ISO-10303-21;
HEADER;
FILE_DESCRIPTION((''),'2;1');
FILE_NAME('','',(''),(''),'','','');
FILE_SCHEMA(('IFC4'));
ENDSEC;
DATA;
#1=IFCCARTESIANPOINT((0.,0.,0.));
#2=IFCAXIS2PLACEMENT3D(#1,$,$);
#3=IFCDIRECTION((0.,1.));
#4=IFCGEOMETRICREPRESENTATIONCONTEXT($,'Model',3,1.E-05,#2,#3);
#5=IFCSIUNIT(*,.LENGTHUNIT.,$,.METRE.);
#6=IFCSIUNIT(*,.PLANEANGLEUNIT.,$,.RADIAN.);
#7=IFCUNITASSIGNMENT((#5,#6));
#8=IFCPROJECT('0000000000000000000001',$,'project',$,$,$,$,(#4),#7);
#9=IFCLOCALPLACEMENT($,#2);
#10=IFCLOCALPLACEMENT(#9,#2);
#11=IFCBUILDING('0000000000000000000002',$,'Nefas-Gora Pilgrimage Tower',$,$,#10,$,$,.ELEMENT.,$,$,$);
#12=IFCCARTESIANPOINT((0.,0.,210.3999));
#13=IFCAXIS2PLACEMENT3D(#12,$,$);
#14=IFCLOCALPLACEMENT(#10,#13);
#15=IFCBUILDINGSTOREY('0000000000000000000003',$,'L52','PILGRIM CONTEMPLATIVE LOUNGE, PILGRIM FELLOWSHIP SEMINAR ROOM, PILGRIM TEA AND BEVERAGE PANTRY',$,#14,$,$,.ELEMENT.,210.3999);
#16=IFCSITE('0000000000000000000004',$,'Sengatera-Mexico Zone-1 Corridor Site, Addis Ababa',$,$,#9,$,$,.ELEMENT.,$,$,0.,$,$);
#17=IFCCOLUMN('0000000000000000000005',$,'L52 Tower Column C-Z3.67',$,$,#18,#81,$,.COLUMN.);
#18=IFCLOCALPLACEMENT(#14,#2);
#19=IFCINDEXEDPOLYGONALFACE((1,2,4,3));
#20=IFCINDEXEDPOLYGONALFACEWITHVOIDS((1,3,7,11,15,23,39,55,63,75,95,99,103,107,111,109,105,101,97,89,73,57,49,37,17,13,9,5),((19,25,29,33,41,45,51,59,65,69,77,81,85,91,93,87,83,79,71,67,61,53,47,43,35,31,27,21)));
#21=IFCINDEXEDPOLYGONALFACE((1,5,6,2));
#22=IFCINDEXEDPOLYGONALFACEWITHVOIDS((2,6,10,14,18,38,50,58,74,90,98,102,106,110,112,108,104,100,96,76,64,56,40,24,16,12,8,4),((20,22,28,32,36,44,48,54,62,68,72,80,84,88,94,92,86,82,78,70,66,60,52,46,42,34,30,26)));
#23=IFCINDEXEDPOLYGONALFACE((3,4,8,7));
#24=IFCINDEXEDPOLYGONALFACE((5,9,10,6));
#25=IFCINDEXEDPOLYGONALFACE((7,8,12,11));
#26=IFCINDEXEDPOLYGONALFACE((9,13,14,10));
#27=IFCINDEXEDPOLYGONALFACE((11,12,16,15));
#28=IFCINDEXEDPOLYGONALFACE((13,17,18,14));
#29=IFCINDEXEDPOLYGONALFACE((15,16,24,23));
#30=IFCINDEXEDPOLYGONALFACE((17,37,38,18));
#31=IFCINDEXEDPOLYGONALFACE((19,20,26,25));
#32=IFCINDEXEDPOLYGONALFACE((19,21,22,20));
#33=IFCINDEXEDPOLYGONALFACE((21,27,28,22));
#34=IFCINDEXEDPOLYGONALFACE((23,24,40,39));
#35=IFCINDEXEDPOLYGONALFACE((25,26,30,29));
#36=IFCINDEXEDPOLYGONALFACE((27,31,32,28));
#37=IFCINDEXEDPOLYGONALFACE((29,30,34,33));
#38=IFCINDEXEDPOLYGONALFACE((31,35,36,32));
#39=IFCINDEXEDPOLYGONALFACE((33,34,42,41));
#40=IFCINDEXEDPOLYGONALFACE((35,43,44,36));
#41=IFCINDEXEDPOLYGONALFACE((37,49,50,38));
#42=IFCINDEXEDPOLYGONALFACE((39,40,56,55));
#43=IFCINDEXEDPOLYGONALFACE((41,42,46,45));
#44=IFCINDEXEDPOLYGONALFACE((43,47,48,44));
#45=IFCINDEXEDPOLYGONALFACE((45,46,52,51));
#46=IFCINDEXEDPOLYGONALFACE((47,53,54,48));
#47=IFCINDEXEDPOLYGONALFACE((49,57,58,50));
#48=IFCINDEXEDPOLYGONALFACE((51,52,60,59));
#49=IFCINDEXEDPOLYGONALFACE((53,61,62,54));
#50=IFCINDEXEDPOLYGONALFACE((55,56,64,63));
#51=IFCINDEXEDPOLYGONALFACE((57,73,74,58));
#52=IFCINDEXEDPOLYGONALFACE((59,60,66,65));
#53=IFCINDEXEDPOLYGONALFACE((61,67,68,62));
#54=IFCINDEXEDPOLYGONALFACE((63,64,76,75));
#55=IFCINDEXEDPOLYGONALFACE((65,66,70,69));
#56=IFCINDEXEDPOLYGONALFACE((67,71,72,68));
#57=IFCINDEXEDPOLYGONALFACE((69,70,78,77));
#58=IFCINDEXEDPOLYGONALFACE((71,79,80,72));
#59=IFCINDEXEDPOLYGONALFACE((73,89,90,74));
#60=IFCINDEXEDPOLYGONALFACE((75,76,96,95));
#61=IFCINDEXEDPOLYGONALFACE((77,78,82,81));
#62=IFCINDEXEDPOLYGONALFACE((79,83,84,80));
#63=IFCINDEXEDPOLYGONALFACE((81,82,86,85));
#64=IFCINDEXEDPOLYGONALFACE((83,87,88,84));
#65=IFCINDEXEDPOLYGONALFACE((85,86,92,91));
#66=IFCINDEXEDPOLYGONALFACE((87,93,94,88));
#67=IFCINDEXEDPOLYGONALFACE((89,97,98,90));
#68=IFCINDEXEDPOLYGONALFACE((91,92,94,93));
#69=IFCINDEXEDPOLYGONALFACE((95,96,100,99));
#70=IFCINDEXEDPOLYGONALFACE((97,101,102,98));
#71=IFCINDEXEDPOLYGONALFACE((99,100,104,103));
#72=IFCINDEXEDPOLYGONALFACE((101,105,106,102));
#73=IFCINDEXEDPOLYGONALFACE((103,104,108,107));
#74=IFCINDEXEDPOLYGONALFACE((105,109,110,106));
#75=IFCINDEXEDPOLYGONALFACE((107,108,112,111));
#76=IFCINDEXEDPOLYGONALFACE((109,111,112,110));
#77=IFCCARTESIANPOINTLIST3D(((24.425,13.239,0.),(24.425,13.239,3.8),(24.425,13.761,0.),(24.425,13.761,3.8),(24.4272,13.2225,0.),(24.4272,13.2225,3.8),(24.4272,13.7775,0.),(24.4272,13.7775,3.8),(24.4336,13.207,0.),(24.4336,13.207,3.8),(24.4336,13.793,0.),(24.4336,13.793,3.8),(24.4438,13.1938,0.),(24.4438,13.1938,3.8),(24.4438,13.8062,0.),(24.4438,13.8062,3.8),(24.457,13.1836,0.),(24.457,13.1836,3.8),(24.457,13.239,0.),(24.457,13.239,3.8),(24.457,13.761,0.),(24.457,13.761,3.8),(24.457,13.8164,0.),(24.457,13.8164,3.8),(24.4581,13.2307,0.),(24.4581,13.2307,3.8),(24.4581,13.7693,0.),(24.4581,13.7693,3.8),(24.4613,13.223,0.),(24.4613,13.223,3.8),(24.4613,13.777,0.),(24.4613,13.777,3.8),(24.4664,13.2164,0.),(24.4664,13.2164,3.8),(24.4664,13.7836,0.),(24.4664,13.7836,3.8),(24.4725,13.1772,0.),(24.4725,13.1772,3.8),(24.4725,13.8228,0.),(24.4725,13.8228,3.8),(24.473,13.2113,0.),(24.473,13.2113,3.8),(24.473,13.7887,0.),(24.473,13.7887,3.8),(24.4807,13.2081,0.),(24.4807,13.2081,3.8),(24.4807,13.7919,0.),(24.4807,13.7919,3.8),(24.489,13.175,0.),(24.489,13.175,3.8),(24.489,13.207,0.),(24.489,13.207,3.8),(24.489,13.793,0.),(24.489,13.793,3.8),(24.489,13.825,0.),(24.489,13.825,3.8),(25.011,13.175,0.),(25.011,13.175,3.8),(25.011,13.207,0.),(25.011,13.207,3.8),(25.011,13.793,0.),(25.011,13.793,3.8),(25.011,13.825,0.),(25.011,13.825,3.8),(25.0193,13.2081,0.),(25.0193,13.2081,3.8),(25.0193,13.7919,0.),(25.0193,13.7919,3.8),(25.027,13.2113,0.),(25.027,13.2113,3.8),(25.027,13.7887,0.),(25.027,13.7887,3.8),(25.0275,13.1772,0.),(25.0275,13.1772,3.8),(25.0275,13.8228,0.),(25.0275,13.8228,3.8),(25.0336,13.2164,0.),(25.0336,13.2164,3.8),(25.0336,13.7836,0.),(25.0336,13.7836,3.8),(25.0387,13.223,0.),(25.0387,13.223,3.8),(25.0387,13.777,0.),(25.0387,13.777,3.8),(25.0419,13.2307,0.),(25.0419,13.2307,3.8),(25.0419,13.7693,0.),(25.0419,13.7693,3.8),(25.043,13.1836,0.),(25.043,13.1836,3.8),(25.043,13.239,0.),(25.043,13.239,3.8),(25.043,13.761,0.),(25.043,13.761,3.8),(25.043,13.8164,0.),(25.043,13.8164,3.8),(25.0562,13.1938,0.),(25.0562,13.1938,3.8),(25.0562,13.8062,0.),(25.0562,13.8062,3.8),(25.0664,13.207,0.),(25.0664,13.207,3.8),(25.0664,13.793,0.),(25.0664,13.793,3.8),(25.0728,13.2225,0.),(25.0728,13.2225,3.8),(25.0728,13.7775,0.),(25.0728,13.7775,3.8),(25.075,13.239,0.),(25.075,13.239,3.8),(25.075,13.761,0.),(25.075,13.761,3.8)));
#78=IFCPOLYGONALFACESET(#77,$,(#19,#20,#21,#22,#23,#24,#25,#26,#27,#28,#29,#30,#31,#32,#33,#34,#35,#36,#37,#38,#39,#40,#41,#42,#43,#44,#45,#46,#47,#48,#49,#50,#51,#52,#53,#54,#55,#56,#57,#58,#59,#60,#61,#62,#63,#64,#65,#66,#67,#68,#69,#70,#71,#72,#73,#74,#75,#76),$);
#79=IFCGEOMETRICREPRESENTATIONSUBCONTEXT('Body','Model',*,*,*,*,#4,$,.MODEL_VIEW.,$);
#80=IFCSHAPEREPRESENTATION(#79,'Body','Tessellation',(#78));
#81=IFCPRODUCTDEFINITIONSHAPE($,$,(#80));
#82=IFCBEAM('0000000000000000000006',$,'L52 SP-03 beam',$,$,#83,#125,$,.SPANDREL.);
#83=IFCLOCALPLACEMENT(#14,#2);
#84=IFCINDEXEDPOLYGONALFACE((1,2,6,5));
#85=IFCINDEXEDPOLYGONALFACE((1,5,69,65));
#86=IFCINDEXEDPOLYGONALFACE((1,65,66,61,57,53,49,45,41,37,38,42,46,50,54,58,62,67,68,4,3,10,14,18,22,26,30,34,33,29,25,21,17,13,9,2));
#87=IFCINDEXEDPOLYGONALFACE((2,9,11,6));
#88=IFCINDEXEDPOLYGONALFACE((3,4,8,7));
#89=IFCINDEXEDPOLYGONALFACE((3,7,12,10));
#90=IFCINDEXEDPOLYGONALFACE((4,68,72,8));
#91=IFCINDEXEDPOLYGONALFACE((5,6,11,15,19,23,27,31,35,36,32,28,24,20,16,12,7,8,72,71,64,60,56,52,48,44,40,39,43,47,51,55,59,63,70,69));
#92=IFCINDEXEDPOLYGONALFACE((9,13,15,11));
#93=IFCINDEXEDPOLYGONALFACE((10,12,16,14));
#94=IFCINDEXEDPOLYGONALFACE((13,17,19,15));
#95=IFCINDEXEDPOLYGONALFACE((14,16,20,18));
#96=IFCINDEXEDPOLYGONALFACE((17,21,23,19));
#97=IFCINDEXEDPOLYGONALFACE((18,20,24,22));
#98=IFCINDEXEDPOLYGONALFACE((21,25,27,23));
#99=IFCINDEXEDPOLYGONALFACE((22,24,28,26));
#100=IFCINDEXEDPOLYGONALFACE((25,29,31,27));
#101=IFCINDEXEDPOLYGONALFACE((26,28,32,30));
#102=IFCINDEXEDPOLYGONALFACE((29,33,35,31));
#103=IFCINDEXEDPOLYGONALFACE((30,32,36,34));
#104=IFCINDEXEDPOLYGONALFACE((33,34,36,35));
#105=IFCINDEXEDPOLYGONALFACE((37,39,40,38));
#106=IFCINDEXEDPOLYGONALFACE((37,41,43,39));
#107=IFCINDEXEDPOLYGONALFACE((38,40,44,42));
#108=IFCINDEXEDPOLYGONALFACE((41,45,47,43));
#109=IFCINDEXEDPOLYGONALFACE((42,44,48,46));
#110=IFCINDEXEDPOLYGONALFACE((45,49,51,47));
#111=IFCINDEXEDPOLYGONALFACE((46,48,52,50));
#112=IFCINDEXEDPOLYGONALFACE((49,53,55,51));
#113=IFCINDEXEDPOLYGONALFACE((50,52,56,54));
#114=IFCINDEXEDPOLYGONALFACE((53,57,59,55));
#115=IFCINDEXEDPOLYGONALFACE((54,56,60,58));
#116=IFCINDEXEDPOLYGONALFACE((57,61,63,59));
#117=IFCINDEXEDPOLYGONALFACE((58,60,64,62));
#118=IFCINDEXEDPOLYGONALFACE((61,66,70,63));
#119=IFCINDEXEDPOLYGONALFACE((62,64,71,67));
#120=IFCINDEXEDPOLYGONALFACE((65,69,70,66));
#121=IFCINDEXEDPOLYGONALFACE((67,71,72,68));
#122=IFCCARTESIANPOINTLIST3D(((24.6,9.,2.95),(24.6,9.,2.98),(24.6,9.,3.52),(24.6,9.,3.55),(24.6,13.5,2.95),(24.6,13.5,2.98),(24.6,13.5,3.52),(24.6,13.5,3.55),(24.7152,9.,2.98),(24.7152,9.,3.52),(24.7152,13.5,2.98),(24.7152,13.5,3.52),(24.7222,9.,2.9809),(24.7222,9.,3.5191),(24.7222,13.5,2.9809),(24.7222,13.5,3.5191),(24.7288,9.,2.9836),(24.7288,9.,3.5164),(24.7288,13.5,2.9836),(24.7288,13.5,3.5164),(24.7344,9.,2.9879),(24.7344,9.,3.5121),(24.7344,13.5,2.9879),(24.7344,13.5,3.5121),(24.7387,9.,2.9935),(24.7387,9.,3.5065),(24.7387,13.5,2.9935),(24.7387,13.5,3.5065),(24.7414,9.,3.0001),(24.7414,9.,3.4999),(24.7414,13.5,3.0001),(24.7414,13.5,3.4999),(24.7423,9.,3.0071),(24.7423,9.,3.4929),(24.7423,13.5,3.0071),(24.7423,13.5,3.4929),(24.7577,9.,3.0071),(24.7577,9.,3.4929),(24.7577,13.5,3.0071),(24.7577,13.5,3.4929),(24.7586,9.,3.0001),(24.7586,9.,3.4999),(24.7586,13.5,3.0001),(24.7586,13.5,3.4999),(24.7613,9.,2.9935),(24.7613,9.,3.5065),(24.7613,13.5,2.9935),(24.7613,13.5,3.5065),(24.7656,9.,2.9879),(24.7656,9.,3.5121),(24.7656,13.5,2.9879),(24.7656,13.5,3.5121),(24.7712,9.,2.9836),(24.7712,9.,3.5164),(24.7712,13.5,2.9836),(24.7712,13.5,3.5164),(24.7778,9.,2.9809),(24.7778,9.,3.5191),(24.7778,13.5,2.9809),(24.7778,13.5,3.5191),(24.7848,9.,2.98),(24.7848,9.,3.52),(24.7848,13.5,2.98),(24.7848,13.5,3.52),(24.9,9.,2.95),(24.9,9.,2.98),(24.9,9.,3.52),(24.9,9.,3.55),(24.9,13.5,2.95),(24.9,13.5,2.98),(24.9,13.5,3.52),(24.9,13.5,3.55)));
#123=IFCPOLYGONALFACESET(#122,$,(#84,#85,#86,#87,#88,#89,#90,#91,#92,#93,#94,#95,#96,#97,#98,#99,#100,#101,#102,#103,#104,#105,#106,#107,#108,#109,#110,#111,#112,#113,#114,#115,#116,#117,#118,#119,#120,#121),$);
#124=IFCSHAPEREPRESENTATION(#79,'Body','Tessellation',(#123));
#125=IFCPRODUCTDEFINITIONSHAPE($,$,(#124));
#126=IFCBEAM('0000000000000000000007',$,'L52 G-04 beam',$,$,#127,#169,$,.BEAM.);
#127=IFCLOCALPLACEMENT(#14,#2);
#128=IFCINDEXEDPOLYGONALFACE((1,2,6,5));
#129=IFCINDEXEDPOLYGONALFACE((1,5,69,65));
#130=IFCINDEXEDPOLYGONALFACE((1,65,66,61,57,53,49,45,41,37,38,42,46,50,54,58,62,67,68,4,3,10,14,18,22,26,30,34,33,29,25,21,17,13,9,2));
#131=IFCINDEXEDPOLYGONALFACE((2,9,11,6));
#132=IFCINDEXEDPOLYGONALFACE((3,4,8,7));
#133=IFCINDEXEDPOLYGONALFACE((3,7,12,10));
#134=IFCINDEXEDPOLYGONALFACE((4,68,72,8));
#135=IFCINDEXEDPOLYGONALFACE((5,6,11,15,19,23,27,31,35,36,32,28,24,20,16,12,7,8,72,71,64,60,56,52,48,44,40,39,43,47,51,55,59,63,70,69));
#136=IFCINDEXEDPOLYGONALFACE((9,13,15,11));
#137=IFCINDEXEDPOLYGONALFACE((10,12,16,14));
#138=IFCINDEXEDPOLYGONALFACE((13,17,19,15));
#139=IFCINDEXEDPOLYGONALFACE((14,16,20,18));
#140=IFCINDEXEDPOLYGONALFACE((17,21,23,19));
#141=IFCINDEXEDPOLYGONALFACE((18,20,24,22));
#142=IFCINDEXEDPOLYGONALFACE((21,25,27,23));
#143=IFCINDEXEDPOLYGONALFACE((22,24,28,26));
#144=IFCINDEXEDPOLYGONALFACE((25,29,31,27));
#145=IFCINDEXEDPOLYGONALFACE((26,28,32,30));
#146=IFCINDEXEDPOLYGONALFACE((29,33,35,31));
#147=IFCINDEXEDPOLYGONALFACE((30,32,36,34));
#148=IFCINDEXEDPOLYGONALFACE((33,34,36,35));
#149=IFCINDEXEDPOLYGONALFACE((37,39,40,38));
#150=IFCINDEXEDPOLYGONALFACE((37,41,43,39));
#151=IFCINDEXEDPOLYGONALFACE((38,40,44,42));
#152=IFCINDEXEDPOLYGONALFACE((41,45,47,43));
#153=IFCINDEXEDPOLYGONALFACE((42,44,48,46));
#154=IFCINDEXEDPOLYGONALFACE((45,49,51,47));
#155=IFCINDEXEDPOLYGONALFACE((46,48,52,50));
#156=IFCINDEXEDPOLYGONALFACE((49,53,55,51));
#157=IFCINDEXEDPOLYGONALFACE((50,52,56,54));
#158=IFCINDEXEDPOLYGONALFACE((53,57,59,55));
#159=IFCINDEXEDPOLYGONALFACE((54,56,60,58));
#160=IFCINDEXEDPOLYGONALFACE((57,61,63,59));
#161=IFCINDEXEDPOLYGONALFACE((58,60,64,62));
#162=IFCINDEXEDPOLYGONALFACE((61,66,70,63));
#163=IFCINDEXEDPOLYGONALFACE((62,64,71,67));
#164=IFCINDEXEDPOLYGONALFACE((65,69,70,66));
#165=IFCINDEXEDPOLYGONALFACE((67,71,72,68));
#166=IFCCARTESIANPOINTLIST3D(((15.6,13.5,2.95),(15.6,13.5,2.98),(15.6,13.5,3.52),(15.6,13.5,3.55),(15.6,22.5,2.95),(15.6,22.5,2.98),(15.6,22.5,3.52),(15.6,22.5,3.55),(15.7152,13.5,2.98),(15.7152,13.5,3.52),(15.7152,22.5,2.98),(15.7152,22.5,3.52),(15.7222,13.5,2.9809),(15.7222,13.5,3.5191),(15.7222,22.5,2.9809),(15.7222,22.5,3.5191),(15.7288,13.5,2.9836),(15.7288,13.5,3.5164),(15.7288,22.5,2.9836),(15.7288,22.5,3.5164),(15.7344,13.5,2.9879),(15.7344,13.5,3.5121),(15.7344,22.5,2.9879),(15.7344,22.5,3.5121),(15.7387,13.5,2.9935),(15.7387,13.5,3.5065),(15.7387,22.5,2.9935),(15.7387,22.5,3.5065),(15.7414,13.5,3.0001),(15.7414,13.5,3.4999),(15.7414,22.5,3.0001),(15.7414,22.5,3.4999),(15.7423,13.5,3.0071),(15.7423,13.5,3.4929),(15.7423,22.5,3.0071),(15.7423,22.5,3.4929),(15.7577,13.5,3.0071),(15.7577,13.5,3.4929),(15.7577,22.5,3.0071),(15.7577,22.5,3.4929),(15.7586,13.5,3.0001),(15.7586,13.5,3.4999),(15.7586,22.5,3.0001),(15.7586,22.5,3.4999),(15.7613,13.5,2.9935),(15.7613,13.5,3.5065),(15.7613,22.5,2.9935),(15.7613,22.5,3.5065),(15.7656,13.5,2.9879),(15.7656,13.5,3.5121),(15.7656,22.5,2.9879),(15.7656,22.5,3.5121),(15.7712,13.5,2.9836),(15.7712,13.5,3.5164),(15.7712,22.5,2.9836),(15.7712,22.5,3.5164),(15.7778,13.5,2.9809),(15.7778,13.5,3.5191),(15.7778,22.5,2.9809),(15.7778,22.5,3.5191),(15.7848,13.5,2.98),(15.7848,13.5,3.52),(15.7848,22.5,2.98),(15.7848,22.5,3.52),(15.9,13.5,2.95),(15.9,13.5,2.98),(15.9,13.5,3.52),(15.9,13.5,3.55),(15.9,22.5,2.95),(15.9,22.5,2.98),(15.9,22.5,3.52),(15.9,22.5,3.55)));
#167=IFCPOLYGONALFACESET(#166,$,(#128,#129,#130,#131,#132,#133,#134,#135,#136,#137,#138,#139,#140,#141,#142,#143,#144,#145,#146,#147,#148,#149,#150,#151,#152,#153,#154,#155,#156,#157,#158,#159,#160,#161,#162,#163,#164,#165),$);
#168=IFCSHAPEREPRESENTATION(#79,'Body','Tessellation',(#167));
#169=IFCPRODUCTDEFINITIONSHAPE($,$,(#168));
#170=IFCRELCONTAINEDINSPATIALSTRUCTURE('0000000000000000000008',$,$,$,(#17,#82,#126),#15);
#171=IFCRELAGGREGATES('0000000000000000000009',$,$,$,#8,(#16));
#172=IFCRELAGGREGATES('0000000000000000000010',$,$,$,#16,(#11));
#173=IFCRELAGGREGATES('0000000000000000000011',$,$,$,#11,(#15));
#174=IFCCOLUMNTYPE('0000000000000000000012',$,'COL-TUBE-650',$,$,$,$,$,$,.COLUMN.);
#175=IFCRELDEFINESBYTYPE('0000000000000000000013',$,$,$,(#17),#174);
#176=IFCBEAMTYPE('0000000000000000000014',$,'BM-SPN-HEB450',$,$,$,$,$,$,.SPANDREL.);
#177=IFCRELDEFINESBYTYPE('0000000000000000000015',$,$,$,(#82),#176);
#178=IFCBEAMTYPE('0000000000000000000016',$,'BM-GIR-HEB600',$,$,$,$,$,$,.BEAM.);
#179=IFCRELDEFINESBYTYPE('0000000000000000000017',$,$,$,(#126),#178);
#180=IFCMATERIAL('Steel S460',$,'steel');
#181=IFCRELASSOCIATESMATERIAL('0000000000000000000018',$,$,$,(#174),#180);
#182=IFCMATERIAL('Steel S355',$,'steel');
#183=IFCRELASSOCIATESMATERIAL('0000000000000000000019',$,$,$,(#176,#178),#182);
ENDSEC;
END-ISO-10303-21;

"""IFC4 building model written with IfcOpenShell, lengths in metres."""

from ifc_helpers import new_model, si_unit, direction, frame, origin, origin_2d, place, context, subcontext, project, spatial, hollow_rectangle, i_section, extrude, source, transform, mapped, material, material_profile, profile_set, type_object, element, save


model = new_model("IFC4")

# Units and contexts
model_context = context("Model", 3, precision=1e-05, world=origin(), true_north=direction((0.0, 1.0)))
body_context = subcontext(model_context, "Body", "Model", "MODEL_VIEW")
ifc_project = project(units=[si_unit("LENGTHUNIT", "METRE"), si_unit("PLANEANGLEUNIT", "RADIAN")], contexts=[model_context])

# Site, building, storey
site_placement = place(None, origin())
site = spatial("IfcSite", under=ifc_project, at=site_placement, Name="Sengatera-Mexico Zone-1 Corridor Site, Addis Ababa", CompositionType="ELEMENT", RefElevation=0.0)
building_placement = place(site_placement, origin())
building = spatial("IfcBuilding", under=site, at=building_placement, Name="Nefas-Gora Pilgrimage Tower", CompositionType="ELEMENT")
storey_placement = place(building_placement, frame((0.0, 0.0, 210.3999)))
storey = spatial("IfcBuildingStorey", under=building, at=storey_placement, Name="L52", Description="PILGRIM CONTEMPLATIVE LOUNGE, PILGRIM FELLOWSHIP SEMINAR ROOM, PILGRIM TEA AND BEVERAGE PANTRY", CompositionType="ELEMENT", Elevation=210.3999)

# Column
ifc_material_1 = material(Name="Steel S460", Category="steel")
ifc_material_profile_1 = material_profile(ifc_material_1, hollow_rectangle(XDim=0.6499, YDim=0.6499, WallThickness=0.032, InnerFilletRadius=0.032, OuterFilletRadius=0.064, at=origin_2d()), Name="BOX 650x650x32")
ifc_profile_set_1 = profile_set([ifc_material_profile_1], Name="Steel S460")
column_type_1 = type_object("IfcColumnType", Name="COL-TUBE-650", PredefinedType="COLUMN", material=ifc_profile_set_1)
shared_shape_1 = source(origin(), body_context, "Body", "SweptSolid", [
    extrude(hollow_rectangle(XDim=0.6499, YDim=0.6499, WallThickness=0.032, InnerFilletRadius=0.032, OuterFilletRadius=0.064, at=origin_2d()), origin(), (0.0, 0.0, 1.0), 3.8),
])
for number, where, z_axis, x_axis, name in (
    (1, (24.75, 13.5, 0.0), (0.0, 0.0, 1.0), (1.0, 0.0, 0.0), "L52 Tower Column C-Z3.67"),
):
    element("IfcColumn", number, at=place(storey_placement, frame(where, z_axis=z_axis, x_axis=x_axis)), inside=storey, type_object=column_type_1, Name=name, PredefinedType="COLUMN", context=body_context, shape_type="MappedRepresentation", body=[
        mapped(shared_shape_1, transform((0.0, 0.0, 0.0), x_axis=(1.0, 0.0, 0.0), y_axis=(0.0, 1.0, 0.0), z_axis=(0.0, 0.0, 1.0), scale=1.0)),
    ])

# Beams
ifc_material_2 = material(Name="Steel S355", Category="steel")
ifc_material_profile_2 = material_profile(ifc_material_2, i_section(OverallWidth=0.3, OverallDepth=0.6001, WebThickness=0.0154, FlangeThickness=0.03, FilletRadius=0.0271, at=origin_2d()), Name="HEB 600")
ifc_profile_set_2 = profile_set([ifc_material_profile_2], Name="Steel S355")
beam_type_1 = type_object("IfcBeamType", Name="BM-SPN-HEB450", PredefinedType="SPANDREL", material=ifc_profile_set_2)
shared_shape_2 = source(origin(), body_context, "Body", "SweptSolid", [
    extrude(i_section(OverallWidth=0.3, OverallDepth=0.6001, WebThickness=0.0154, FlangeThickness=0.03, FilletRadius=0.0271, at=origin_2d()), origin(), (0.0, 0.0, 1.0), 4.5),
])
beam_1_placement = place(storey_placement, frame((24.75, 9.0, 3.25), z_axis=(0.0, 1.0, 0.0), x_axis=(-1.0, 0.0, 0.0)))
element("IfcBeam", 2, at=beam_1_placement, inside=storey, type_object=beam_type_1, Name="L52 SP-03 beam", PredefinedType="SPANDREL", context=body_context, shape_type="MappedRepresentation", body=[
    mapped(shared_shape_2, transform((0.0, 0.0, 0.0), x_axis=(1.0, 0.0, 0.0), y_axis=(0.0, 1.0, 0.0), z_axis=(0.0, 0.0, 1.0), scale=1.0)),
])
ifc_material_profile_3 = material_profile(ifc_material_2, i_section(OverallWidth=0.3, OverallDepth=0.6001, WebThickness=0.0154, FlangeThickness=0.03, FilletRadius=0.0271, at=origin_2d()), Name="HEB 600")
ifc_profile_set_3 = profile_set([ifc_material_profile_3], Name="Steel S355")
beam_type_2 = type_object("IfcBeamType", Name="BM-GIR-HEB600", PredefinedType="BEAM", material=ifc_profile_set_3)
shared_shape_3 = source(origin(), body_context, "Body", "SweptSolid", [
    extrude(i_section(OverallWidth=0.3, OverallDepth=0.6001, WebThickness=0.0154, FlangeThickness=0.03, FilletRadius=0.0271, at=origin_2d()), origin(), (0.0, 0.0, 1.0), 9.0),
])
beam_2_placement = place(storey_placement, frame((15.75, 13.5, 3.25), z_axis=(0.0, 1.0, 0.0), x_axis=(-1.0, 0.0, 0.0)))
element("IfcBeam", 3, at=beam_2_placement, inside=storey, type_object=beam_type_2, Name="L52 G-04 beam", PredefinedType="BEAM", context=body_context, shape_type="MappedRepresentation", body=[
    mapped(shared_shape_3, transform((0.0, 0.0, 0.0), x_axis=(1.0, 0.0, 0.0), y_axis=(0.0, 1.0, 0.0), z_axis=(0.0, 0.0, 1.0), scale=1.0)),
])

save(model, "model.ifc")
